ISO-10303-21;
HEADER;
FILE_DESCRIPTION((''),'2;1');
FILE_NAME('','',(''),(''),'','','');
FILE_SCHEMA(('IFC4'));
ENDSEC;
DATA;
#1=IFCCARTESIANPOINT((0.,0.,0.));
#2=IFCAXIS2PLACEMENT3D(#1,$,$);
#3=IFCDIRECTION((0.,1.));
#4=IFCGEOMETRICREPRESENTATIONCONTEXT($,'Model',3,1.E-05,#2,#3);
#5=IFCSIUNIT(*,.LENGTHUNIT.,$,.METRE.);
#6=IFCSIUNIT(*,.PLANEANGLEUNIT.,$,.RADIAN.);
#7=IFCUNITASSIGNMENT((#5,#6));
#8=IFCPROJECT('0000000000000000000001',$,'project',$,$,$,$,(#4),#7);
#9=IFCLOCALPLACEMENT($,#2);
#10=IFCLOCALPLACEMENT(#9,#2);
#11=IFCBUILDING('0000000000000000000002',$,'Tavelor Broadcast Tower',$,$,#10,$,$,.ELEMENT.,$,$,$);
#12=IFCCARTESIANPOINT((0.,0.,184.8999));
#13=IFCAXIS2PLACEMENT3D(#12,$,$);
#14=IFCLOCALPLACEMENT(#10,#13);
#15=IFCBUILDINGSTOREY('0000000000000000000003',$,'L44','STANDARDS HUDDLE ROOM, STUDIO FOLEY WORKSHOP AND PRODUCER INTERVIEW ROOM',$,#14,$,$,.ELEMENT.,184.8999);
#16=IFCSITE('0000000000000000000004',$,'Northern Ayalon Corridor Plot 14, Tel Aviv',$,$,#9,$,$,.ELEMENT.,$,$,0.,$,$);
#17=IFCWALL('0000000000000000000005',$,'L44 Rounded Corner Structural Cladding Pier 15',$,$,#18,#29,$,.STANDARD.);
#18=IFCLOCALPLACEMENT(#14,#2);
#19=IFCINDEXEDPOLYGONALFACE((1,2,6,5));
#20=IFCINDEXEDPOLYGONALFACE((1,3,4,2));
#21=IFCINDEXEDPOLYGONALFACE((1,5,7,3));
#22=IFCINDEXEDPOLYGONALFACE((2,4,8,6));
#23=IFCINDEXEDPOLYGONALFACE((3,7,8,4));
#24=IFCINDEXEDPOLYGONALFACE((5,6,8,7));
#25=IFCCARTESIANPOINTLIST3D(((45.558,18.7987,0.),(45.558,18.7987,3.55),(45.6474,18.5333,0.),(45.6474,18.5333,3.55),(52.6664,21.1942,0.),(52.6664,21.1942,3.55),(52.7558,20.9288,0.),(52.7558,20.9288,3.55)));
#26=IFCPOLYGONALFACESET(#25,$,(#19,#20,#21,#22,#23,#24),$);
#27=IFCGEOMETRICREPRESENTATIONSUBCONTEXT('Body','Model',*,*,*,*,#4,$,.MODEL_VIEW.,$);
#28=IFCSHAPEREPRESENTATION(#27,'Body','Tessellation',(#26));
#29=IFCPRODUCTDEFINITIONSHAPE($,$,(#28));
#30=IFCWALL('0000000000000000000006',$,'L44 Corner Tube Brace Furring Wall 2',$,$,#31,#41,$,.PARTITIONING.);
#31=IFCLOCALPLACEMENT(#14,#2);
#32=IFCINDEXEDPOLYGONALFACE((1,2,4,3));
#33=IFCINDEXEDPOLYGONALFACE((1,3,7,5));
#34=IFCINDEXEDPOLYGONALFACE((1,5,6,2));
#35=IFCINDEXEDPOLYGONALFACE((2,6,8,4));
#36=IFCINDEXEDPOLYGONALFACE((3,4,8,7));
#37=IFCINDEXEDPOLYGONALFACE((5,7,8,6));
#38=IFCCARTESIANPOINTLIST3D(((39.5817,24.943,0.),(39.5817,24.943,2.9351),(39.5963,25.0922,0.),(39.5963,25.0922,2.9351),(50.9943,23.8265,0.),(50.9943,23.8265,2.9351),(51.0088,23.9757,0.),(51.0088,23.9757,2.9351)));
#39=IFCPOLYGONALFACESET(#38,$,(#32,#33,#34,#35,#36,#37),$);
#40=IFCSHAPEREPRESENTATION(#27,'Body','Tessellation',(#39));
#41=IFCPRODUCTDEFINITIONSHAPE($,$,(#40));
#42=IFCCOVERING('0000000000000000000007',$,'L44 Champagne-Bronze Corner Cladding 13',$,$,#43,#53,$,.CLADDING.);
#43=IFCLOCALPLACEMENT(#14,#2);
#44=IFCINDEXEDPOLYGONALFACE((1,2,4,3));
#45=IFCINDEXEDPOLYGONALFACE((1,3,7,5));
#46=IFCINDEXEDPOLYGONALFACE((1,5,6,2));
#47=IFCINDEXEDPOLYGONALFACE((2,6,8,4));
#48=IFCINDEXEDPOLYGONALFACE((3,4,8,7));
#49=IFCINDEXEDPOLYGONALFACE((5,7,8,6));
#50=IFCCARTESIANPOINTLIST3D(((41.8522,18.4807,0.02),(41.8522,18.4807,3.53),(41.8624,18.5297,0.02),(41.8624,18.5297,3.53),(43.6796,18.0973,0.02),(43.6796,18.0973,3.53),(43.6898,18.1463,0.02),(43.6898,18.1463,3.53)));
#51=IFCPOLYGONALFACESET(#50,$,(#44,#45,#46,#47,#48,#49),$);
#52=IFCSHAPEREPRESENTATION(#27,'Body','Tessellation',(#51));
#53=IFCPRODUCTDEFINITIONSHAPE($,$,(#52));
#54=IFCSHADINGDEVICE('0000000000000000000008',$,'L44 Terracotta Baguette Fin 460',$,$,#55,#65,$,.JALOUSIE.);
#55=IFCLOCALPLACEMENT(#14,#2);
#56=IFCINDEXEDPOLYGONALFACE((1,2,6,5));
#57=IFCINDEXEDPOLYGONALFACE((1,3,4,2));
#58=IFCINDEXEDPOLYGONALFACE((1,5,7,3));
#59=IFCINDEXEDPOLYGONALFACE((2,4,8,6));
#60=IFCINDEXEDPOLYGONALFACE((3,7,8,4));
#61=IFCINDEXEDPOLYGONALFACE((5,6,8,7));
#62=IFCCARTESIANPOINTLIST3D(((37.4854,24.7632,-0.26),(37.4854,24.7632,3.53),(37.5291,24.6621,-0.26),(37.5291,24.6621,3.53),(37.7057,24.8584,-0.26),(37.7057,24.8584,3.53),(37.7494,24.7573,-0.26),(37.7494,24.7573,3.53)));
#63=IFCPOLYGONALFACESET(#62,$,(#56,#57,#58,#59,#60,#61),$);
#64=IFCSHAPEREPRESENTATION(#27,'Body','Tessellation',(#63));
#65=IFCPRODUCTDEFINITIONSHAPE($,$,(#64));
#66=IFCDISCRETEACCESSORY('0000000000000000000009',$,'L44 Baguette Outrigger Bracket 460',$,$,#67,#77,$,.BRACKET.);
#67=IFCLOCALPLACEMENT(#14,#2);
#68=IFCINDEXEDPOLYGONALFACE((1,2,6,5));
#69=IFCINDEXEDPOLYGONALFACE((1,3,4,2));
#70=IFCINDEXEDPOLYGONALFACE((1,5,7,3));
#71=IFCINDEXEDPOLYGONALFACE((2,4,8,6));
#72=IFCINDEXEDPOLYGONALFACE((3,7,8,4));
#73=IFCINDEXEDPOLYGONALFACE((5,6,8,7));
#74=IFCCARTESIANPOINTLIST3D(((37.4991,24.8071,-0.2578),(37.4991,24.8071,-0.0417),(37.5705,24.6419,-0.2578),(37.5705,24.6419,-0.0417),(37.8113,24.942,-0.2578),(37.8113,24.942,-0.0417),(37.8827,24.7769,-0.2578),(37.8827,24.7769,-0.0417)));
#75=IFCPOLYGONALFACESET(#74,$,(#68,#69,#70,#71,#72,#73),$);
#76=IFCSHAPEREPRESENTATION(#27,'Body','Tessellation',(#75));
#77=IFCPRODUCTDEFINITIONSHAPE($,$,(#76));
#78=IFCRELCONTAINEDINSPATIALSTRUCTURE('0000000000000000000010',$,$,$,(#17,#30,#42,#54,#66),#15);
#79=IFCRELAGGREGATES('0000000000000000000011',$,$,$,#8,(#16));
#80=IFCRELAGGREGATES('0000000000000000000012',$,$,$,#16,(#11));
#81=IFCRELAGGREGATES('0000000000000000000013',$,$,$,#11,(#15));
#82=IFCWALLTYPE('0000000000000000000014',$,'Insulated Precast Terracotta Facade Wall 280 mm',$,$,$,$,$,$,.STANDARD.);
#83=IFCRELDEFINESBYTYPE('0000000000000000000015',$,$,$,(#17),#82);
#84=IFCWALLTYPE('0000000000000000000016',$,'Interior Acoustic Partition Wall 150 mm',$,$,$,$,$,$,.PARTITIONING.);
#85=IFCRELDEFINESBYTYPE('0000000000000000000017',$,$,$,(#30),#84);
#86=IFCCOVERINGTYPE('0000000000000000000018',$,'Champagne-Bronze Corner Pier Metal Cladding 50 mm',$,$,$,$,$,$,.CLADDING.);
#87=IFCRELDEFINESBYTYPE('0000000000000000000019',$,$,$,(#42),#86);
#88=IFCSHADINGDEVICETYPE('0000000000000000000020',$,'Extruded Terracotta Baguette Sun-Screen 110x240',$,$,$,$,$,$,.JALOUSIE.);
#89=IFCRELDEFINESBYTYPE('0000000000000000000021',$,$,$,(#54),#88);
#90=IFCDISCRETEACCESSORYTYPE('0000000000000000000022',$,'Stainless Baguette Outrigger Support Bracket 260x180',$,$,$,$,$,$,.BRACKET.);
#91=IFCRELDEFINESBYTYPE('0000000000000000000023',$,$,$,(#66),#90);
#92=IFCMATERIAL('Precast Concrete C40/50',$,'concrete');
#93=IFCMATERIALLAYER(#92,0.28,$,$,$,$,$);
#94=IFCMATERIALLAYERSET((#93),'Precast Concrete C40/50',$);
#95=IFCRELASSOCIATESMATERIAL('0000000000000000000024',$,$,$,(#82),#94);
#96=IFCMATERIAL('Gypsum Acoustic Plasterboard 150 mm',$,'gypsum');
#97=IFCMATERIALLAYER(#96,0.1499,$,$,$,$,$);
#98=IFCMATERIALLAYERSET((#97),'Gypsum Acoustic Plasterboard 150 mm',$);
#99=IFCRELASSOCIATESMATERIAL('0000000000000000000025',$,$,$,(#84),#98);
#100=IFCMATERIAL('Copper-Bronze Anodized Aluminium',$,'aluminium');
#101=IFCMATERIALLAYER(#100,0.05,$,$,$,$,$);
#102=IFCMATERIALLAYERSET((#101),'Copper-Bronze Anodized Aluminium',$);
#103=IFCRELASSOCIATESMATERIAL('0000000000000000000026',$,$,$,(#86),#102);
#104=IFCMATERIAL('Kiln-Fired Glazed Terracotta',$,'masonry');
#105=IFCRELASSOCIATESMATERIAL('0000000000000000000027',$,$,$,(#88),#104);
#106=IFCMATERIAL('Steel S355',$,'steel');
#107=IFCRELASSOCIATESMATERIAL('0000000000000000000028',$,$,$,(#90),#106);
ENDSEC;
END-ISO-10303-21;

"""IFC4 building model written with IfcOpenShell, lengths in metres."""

from ifc_helpers import new_model, si_unit, direction, frame, frame_2d, origin, origin_2d, place, context, subcontext, project, spatial, rectangle, extrude, source, transform, mapped, material, layer, layer_set, type_object, type_shapes, element, save


model = new_model("IFC4")

# Units and contexts
model_context = context("Model", 3, precision=1e-05, world=origin(), true_north=direction((0.0, 1.0)))
body_context = subcontext(model_context, "Body", "Model", "MODEL_VIEW")
ifc_project = project(units=[si_unit("LENGTHUNIT", "METRE"), si_unit("PLANEANGLEUNIT", "RADIAN")], contexts=[model_context])

# Site, building, storey
site_placement = place(None, origin())
site = spatial("IfcSite", under=ifc_project, at=site_placement, Name="Northern Ayalon Corridor Plot 14, Tel Aviv", CompositionType="ELEMENT", RefElevation=0.0)
building_placement = place(site_placement, origin())
building = spatial("IfcBuilding", under=site, at=building_placement, Name="Tavelor Broadcast Tower", CompositionType="ELEMENT")
storey_placement = place(building_placement, frame((0.0, 0.0, 184.8999)))
storey = spatial("IfcBuildingStorey", under=building, at=storey_placement, Name="L44", Description="STANDARDS HUDDLE ROOM, STUDIO FOLEY WORKSHOP AND PRODUCER INTERVIEW ROOM", CompositionType="ELEMENT", Elevation=184.8999)

# Shared definitions
ifc_material_1 = material(Name="Steel S355", Category="steel")

# Walls
ifc_material_2 = material(Name="Precast Concrete C40/50", Category="concrete")
ifc_layer_1 = layer(ifc_material_2, 0.28)
ifc_layer_set_1 = layer_set([ifc_layer_1], Name="Precast Concrete C40/50")
wall_type_1 = type_object("IfcWallType", Name="Insulated Precast Terracotta Facade Wall 280 mm", PredefinedType="STANDARD", material=ifc_layer_set_1)
wall_1_placement = place(storey_placement, frame((45.6028, 18.666, 0.0), z_axis=(0.0, 0.0, 1.0), x_axis=(0.947637, 0.319351, 0.0)))
element("IfcWall", 1, at=wall_1_placement, inside=storey, type_object=wall_type_1, Name="L44 Rounded Corner Structural Cladding Pier 15", PredefinedType="STANDARD", context=body_context, shape_type="SweptSolid", body=[
    extrude(rectangle(XDim=7.5012, YDim=0.28, at=frame_2d((3.7505, 0.0))), origin(), (0.0, 0.0, 1.0), 3.55),
])
ifc_material_3 = material(Name="Gypsum Acoustic Plasterboard 150 mm", Category="gypsum")
ifc_layer_2 = layer(ifc_material_3, 0.1499)
ifc_layer_set_2 = layer_set([ifc_layer_2], Name="Gypsum Acoustic Plasterboard 150 mm")
wall_type_2 = type_object("IfcWallType", Name="Interior Acoustic Partition Wall 150 mm", PredefinedType="PARTITIONING", material=ifc_layer_set_2)
wall_2_placement = place(storey_placement, frame((39.5891, 25.0176, 0.0), z_axis=(0.0, 0.0, 1.0), x_axis=(0.995249, -0.097362, 0.0)))
element("IfcWall", 2, at=wall_2_placement, inside=storey, type_object=wall_type_2, Name="L44 Corner Tube Brace Furring Wall 2", PredefinedType="PARTITIONING", context=body_context, shape_type="SweptSolid", body=[
    extrude(rectangle(XDim=11.467, YDim=0.1499, at=frame_2d((5.7334, 0.0))), origin(), (0.0, 0.0, 1.0), 2.9351),
])

# Covering
ifc_material_4 = material(Name="Copper-Bronze Anodized Aluminium", Category="aluminium")
ifc_layer_3 = layer(ifc_material_4, 0.05)
ifc_layer_set_3 = layer_set([ifc_layer_3], Name="Copper-Bronze Anodized Aluminium")
covering_type = type_object("IfcCoveringType", Name="Champagne-Bronze Corner Pier Metal Cladding 50 mm", PredefinedType="CLADDING", material=ifc_layer_set_3)
covering_placement = place(storey_placement, frame((42.771, 18.3135, 0.02), z_axis=(0.0, 0.0, 1.0), x_axis=(0.978689, -0.20535, 0.0)))
element("IfcCovering", 3, at=covering_placement, inside=storey, type_object=covering_type, Name="L44 Champagne-Bronze Corner Cladding 13", PredefinedType="CLADDING", context=body_context, shape_type="SweptSolid", body=[
    extrude(rectangle(XDim=1.8672, YDim=0.05, at=origin_2d()), origin(), (0.0, 0.0, 1.0), 3.51),
])

# Shading device
ifc_material_5 = material(Name="Kiln-Fired Glazed Terracotta", Category="masonry")
shading_device_type = type_object("IfcShadingDeviceType", Name="Extruded Terracotta Baguette Sun-Screen 110x240", PredefinedType="JALOUSIE", material=ifc_material_5)
shared_shape_1 = source(origin(), body_context, "Body", "SweptSolid", [
    extrude(rectangle(XDim=0.1101, YDim=0.24, at=origin_2d()), origin(), (0.0, 0.0, 1.0), 3.79),
])
type_shapes(shading_device_type, [shared_shape_1])
shading_device_placement = place(storey_placement, frame((37.6174, 24.7603, -0.26), z_axis=(0.0, 0.0, 1.0), x_axis=(0.396828, -0.917893, 0.0)))
element("IfcShadingDevice", 4, at=shading_device_placement, inside=storey, type_object=shading_device_type, Name="L44 Terracotta Baguette Fin 460", PredefinedType="JALOUSIE", context=body_context, shape_type="MappedRepresentation", body=[
    mapped(shared_shape_1, transform((0.0, 0.0, 0.0), scale=1.0)),
])

# Discrete accessory
discrete_accessory_type = type_object("IfcDiscreteAccessoryType", Name="Stainless Baguette Outrigger Support Bracket 260x180", PredefinedType="BRACKET", material=ifc_material_1)
shared_shape_2 = source(origin(), body_context, "Body", "SweptSolid", [
    extrude(rectangle(XDim=0.1799, YDim=0.3401, at=origin_2d()), origin(), (0.0, 0.0, 1.0), 0.2161),
])
type_shapes(discrete_accessory_type, [shared_shape_2])
discrete_accessory_placement = place(storey_placement, frame((37.6909, 24.792, -0.2578), z_axis=(0.0, 0.0, 1.0), x_axis=(0.396828, -0.917893, 0.0)))
element("IfcDiscreteAccessory", 5, at=discrete_accessory_placement, inside=storey, type_object=discrete_accessory_type, Name="L44 Baguette Outrigger Bracket 460", PredefinedType="BRACKET", context=body_context, shape_type="MappedRepresentation", body=[
    mapped(shared_shape_2, transform((0.0, 0.0, 0.0), scale=1.0)),
])

save(model, "model.ifc")
